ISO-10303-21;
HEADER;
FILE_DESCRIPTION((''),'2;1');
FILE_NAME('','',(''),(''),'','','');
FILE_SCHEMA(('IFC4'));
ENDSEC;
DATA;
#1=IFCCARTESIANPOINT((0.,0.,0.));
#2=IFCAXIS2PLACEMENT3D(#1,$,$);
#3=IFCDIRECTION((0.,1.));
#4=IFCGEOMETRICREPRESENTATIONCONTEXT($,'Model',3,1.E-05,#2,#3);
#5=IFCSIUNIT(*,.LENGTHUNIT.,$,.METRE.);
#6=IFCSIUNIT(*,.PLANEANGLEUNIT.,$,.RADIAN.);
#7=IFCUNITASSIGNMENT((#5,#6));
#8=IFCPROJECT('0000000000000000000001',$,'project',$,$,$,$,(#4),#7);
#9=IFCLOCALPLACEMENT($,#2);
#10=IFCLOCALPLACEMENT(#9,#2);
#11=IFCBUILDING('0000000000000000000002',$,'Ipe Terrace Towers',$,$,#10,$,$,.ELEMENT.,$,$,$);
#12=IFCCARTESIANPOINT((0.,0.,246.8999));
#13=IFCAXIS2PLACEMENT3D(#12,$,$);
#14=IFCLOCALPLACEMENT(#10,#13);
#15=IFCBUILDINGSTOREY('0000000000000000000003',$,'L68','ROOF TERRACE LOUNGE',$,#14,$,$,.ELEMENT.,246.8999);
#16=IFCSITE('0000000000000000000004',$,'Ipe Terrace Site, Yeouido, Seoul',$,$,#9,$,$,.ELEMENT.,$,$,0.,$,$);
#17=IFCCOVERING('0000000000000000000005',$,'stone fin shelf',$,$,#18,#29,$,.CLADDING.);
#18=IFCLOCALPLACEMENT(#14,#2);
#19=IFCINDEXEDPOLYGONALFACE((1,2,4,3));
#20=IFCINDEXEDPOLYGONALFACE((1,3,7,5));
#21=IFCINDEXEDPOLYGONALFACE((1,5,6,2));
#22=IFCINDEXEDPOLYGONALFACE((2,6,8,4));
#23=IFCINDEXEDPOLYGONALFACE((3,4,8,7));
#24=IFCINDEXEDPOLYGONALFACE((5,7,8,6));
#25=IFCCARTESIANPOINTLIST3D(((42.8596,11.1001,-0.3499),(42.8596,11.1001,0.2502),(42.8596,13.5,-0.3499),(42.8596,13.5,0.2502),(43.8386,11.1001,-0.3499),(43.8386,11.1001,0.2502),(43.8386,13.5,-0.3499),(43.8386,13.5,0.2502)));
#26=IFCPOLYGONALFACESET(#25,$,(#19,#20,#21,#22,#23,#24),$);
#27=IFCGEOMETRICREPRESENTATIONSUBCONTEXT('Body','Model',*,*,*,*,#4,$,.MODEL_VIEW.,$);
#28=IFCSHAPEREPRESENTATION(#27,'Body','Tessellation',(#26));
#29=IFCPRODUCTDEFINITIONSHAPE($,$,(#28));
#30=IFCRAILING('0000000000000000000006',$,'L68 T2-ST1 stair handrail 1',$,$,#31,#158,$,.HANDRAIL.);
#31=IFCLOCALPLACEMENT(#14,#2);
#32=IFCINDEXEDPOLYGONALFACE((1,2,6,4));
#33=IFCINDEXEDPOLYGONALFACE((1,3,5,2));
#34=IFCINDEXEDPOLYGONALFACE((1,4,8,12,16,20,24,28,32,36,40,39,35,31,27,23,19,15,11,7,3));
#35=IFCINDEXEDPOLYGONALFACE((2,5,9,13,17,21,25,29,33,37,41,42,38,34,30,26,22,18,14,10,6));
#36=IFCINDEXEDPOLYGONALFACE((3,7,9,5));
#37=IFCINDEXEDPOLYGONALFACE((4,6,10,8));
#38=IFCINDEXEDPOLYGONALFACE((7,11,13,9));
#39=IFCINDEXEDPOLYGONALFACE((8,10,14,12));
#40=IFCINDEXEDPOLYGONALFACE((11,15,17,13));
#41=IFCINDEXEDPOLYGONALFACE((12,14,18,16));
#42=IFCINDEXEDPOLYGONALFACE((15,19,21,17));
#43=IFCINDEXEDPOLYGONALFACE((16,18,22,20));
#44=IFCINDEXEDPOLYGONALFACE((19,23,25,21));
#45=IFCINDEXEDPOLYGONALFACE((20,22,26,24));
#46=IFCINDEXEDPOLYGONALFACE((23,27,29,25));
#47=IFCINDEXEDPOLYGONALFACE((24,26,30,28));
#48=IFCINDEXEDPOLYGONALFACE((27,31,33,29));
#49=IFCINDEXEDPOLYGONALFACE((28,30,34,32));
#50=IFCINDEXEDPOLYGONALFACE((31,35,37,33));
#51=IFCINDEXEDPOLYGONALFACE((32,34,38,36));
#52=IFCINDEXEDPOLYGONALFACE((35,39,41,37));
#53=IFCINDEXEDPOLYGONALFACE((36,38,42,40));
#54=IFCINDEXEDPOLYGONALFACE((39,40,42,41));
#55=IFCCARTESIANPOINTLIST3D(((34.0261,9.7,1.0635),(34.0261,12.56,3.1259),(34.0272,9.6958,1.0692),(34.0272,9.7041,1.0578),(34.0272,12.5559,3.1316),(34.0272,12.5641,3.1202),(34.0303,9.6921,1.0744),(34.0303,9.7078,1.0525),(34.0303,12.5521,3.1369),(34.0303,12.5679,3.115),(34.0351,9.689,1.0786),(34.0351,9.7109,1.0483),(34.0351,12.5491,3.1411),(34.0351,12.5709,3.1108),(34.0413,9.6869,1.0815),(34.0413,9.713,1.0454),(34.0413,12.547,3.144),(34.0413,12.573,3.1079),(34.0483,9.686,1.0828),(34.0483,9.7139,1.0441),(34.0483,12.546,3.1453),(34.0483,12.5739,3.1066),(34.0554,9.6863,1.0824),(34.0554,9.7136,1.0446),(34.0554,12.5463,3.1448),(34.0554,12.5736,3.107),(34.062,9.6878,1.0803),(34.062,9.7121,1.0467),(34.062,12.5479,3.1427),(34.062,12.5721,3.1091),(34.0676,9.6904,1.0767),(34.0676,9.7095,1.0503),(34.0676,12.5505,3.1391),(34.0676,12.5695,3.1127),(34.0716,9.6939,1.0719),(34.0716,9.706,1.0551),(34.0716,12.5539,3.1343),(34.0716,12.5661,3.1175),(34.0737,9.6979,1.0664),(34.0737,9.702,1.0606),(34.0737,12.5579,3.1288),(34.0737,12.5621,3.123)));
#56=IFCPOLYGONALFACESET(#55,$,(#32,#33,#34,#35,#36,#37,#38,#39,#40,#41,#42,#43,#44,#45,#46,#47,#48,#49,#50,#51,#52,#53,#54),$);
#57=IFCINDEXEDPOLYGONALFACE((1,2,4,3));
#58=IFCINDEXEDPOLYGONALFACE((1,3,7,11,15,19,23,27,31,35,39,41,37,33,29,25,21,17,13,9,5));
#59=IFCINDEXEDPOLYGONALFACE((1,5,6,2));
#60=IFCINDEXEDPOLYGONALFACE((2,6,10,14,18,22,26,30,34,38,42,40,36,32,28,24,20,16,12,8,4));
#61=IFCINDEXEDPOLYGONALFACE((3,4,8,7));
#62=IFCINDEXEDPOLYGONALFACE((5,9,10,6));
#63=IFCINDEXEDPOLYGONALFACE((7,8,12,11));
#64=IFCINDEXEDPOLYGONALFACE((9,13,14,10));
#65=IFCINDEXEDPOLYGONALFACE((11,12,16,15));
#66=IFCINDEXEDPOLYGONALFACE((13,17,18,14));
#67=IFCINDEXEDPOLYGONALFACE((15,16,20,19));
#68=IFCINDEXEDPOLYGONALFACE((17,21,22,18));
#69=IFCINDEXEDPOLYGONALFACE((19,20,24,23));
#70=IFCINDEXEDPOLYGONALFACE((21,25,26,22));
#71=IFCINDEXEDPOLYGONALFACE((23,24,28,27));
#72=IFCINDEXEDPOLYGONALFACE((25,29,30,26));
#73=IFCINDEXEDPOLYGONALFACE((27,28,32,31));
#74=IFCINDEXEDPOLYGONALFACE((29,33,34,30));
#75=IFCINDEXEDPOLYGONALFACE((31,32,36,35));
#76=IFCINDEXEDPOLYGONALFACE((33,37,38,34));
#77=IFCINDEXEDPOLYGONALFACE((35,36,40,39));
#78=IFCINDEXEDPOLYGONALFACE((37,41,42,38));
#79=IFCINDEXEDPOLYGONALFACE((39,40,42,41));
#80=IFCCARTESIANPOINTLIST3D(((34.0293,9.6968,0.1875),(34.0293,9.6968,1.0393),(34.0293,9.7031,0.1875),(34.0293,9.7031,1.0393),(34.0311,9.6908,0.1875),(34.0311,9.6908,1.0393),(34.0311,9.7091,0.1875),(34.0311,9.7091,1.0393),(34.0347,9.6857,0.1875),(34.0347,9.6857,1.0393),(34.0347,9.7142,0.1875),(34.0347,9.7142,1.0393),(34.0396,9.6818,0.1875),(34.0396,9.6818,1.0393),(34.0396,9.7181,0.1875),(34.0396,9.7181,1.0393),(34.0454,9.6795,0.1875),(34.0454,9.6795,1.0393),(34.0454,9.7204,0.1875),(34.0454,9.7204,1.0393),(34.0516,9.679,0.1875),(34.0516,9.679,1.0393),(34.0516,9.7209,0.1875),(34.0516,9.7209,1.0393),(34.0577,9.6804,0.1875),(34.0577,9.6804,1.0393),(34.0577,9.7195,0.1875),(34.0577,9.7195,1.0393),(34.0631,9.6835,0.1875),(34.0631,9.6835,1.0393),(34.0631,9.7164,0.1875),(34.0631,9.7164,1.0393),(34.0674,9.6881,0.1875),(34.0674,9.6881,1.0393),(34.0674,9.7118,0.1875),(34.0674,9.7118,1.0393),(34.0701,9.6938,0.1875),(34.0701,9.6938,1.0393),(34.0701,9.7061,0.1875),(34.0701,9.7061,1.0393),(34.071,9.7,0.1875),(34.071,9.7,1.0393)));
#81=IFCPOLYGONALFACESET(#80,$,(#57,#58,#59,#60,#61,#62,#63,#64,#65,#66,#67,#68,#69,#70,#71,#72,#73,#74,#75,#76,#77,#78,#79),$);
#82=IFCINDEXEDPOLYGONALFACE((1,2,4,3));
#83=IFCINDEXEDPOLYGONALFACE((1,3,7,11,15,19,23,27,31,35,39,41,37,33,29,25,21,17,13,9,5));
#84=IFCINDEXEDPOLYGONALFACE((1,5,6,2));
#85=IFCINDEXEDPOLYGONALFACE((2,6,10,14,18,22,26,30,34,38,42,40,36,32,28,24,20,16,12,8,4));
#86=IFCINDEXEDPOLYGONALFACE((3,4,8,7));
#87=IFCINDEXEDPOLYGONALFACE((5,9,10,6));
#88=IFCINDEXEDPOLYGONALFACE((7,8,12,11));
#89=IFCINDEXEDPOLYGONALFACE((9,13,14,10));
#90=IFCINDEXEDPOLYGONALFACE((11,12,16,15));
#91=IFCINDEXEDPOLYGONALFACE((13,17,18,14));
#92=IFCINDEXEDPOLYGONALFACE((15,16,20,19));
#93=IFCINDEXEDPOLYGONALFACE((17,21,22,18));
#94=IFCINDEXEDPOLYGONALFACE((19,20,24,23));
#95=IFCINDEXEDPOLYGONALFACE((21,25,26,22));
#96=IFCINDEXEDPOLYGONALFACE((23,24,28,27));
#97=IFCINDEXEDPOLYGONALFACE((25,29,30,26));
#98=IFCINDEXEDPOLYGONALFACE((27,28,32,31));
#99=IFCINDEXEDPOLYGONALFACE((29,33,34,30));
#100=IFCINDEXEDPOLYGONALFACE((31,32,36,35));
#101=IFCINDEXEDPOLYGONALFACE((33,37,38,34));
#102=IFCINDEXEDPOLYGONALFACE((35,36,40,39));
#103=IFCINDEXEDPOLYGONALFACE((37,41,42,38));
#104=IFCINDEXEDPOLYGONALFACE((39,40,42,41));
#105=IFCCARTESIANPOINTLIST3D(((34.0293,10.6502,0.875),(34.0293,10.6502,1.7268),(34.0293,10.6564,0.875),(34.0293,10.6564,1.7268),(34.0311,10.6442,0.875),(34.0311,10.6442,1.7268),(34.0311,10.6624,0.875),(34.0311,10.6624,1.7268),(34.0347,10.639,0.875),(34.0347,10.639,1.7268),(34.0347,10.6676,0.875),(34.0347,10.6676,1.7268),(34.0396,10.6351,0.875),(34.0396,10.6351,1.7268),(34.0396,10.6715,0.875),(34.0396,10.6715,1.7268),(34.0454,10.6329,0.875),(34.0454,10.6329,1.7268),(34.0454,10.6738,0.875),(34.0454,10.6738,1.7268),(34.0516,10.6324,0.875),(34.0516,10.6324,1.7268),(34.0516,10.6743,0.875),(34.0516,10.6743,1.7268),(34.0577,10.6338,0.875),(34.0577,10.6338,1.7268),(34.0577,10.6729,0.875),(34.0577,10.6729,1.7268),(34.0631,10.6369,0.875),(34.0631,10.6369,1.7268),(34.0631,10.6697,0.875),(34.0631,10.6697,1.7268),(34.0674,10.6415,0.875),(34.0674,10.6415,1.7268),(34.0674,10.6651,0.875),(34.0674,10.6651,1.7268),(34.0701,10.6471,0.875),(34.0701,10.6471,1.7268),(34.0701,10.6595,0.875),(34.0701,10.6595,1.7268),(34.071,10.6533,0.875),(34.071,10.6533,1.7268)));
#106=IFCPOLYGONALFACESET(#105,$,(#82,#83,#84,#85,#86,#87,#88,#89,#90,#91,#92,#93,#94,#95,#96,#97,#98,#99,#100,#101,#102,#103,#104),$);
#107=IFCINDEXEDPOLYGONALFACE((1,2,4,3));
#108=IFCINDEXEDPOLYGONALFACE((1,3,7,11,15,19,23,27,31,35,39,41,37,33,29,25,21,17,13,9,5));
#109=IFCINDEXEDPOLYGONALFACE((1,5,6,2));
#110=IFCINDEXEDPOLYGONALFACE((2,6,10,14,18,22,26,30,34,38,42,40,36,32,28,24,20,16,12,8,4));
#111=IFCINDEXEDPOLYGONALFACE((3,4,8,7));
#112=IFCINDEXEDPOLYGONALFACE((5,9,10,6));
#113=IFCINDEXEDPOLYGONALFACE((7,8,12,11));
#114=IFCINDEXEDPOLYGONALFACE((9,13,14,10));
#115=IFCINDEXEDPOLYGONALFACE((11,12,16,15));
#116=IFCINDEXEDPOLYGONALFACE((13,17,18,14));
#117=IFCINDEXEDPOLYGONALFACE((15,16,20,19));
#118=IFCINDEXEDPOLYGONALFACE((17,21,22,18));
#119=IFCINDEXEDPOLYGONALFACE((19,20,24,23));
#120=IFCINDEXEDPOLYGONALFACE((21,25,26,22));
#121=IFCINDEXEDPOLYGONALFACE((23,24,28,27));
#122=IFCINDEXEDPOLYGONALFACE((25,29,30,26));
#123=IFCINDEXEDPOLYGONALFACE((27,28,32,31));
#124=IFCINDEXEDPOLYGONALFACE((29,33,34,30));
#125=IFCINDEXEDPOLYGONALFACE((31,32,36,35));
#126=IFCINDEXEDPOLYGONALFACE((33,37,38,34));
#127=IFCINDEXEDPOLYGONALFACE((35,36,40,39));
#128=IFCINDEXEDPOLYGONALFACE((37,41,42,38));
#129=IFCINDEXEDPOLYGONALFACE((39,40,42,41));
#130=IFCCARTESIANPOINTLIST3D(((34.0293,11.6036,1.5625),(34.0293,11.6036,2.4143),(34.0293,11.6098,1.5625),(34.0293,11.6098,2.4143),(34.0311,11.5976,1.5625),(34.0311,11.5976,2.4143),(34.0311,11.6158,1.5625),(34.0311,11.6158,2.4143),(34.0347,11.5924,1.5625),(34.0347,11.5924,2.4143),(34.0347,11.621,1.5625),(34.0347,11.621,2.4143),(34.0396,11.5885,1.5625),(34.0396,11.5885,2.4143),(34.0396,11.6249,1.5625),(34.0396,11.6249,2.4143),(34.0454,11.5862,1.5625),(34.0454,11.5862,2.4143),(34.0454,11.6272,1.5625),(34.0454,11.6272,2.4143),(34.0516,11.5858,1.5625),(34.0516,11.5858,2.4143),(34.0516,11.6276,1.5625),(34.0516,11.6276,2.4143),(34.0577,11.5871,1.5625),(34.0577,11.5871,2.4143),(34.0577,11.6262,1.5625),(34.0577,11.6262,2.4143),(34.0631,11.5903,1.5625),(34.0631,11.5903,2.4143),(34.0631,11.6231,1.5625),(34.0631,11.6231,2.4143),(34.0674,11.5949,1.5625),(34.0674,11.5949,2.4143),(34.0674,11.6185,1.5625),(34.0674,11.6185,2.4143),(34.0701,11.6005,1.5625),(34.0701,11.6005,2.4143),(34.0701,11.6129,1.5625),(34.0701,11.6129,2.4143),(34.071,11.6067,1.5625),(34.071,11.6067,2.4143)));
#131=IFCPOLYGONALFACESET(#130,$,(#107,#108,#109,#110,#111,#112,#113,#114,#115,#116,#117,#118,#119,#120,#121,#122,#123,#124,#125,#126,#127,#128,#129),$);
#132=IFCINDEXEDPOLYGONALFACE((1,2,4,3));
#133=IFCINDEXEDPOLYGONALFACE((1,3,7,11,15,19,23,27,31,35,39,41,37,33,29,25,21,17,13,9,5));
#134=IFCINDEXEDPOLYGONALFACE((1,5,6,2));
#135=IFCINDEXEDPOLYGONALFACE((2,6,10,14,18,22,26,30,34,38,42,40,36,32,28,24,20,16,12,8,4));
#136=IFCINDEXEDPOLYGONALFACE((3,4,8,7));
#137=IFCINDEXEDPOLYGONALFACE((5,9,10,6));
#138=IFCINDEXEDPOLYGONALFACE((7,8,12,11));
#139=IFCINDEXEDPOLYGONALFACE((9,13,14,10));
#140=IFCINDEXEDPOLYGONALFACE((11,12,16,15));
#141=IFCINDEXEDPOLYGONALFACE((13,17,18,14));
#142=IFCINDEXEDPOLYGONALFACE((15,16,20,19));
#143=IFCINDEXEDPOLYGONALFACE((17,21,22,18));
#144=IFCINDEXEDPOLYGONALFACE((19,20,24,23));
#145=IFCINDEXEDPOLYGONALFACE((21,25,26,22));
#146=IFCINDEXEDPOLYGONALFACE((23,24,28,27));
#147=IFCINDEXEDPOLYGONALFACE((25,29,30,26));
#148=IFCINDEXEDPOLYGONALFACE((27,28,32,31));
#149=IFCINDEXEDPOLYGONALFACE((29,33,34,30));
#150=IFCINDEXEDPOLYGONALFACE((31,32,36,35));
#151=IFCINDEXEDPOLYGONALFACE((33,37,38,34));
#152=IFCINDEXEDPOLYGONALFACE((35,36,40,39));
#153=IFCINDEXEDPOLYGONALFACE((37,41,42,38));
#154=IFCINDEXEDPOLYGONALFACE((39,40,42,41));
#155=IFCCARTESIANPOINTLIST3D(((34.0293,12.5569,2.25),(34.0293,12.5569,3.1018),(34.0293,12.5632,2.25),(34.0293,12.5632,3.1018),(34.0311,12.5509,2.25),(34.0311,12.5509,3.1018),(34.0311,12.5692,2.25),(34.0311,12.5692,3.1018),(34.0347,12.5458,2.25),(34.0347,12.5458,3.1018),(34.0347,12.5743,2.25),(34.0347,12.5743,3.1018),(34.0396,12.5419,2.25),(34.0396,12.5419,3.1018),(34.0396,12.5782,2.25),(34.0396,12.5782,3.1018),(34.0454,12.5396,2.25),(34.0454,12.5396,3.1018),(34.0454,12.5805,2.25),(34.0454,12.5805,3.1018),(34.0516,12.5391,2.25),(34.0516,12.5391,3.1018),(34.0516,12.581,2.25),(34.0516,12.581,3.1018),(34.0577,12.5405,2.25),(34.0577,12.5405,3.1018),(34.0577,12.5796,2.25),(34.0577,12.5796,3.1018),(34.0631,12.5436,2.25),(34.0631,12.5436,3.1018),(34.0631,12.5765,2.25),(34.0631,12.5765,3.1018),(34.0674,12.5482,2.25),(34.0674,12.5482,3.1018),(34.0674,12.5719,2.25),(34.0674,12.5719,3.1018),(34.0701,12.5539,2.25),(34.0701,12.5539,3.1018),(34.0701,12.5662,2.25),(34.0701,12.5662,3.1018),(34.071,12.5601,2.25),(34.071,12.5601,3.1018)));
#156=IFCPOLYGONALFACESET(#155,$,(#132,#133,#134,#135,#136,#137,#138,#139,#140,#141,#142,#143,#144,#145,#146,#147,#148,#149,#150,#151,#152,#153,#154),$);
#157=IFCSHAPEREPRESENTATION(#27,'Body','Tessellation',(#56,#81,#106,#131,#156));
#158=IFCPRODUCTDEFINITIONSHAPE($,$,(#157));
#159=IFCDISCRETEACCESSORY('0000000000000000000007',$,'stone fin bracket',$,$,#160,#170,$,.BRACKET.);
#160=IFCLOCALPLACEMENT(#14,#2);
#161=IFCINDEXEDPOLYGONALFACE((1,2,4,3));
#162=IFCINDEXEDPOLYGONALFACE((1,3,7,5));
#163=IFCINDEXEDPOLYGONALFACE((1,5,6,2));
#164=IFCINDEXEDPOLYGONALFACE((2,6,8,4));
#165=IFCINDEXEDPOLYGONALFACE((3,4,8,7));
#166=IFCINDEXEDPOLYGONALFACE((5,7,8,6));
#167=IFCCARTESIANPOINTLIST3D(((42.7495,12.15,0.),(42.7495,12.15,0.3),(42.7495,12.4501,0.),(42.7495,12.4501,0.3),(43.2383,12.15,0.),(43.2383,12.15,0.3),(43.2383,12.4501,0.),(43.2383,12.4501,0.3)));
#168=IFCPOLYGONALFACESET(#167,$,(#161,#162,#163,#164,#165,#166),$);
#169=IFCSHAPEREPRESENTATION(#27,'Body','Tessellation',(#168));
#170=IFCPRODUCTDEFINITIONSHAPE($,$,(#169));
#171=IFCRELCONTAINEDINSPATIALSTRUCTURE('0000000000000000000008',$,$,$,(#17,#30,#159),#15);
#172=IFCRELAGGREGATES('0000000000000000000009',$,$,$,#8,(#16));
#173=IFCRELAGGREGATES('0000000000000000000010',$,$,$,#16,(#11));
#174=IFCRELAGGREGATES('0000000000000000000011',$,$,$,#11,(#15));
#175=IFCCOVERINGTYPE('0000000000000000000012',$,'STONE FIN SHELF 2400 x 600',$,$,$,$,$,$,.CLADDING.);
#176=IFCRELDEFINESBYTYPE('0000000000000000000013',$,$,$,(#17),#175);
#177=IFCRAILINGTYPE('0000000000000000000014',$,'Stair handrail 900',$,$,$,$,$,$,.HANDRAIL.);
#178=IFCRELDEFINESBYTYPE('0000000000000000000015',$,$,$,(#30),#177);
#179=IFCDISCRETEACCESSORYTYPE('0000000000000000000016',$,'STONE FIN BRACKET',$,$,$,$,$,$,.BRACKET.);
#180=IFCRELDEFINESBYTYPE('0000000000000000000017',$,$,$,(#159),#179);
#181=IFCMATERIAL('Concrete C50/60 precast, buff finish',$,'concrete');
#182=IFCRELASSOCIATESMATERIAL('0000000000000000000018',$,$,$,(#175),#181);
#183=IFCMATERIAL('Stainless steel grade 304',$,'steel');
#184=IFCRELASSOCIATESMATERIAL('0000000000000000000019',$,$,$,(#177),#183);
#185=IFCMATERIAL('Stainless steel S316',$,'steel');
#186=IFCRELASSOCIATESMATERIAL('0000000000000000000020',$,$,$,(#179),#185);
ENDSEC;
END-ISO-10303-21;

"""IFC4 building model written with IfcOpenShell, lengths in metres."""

from ifc_helpers import new_model, si_unit, direction, frame, origin, origin_2d, place, context, subcontext, project, spatial, rectangle, circle, extrude, material, type_object, element, save


model = new_model("IFC4")

# Units and contexts
model_context = context("Model", 3, precision=1e-05, world=origin(), true_north=direction((0.0, 1.0)))
body_context = subcontext(model_context, "Body", "Model", "MODEL_VIEW")
ifc_project = project(units=[si_unit("LENGTHUNIT", "METRE"), si_unit("PLANEANGLEUNIT", "RADIAN")], contexts=[model_context])

# Site, building, storey
site_placement = place(None, origin())
site = spatial("IfcSite", under=ifc_project, at=site_placement, Name="Ipe Terrace Site, Yeouido, Seoul", CompositionType="ELEMENT", RefElevation=0.0)
building_placement = place(site_placement, origin())
building = spatial("IfcBuilding", under=site, at=building_placement, Name="Ipe Terrace Towers", CompositionType="ELEMENT")
storey_placement = place(building_placement, frame((0.0, 0.0, 246.8999)))
storey = spatial("IfcBuildingStorey", under=building, at=storey_placement, Name="L68", Description="ROOF TERRACE LOUNGE", CompositionType="ELEMENT", Elevation=246.8999)

# Covering
ifc_material_1 = material(Name="Concrete C50/60 precast, buff finish", Category="concrete")
covering_type_1 = type_object("IfcCoveringType", Name="STONE FIN SHELF 2400 x 600", PredefinedType="CLADDING", material=ifc_material_1)
covering_1_placement = place(storey_placement, frame((43.3491, 12.3, -0.3499), z_axis=(0.0, 0.0, 1.0), x_axis=(0.0, 1.0, 0.0)))
element("IfcCovering", 1, at=covering_1_placement, inside=storey, type_object=covering_type_1, Name="stone fin shelf", PredefinedType="CLADDING", context=body_context, shape_type="SweptSolid", body=[
    extrude(rectangle(XDim=2.3999, YDim=0.979, at=origin_2d()), origin(), (0.0, 0.0, 1.0), 0.6001),
])

# Railing
ifc_material_2 = material(Name="Stainless steel grade 304", Category="steel")
railing_type = type_object("IfcRailingType", Name="Stair handrail 900", PredefinedType="HANDRAIL", material=ifc_material_2)
railing_placement = place(storey_placement, frame((34.05, 9.7, 0.1875)))
element("IfcRailing", 2, at=railing_placement, inside=storey, type_object=railing_type, Name="L68 T2-ST1 stair handrail 1", PredefinedType="HANDRAIL", context=body_context, shape_type="SweptSolid", body=[
    extrude(circle(Radius=0.0239, at=origin_2d()), frame((0.0, 0.0, 0.876), z_axis=(0.0, 0.811101, 0.584906), x_axis=(-1.0, 0.0, 0.0)), (0.0, 0.0, 1.0), 3.5261),
    extrude(circle(Radius=0.021, at=origin_2d()), origin(), (0.0, 0.0, 1.0), 0.8518),
    extrude(circle(Radius=0.021, at=origin_2d()), frame((0.0, 0.9534, 0.6875)), (0.0, 0.0, 1.0), 0.8518),
    extrude(circle(Radius=0.021, at=origin_2d()), frame((0.0, 1.9067, 1.375)), (0.0, 0.0, 1.0), 0.8518),
    extrude(circle(Radius=0.021, at=origin_2d()), frame((0.0, 2.8601, 2.0625)), (0.0, 0.0, 1.0), 0.8518),
])

# Discrete accessory
ifc_material_3 = material(Name="Stainless steel S316", Category="steel")
discrete_accessory_type = type_object("IfcDiscreteAccessoryType", Name="STONE FIN BRACKET", PredefinedType="BRACKET", material=ifc_material_3)
discrete_accessory_placement = place(storey_placement, frame((42.9939, 12.3, 0.0), z_axis=(0.0, 0.0, 1.0), x_axis=(0.0, 1.0, 0.0)))
element("IfcDiscreteAccessory", 3, at=discrete_accessory_placement, inside=storey, type_object=discrete_accessory_type, Name="stone fin bracket", PredefinedType="BRACKET", context=body_context, shape_type="SweptSolid", body=[
    extrude(rectangle(XDim=0.3, YDim=0.4888, at=origin_2d()), origin(), (0.0, 0.0, 1.0), 0.3),
])

save(model, "model.ifc")
